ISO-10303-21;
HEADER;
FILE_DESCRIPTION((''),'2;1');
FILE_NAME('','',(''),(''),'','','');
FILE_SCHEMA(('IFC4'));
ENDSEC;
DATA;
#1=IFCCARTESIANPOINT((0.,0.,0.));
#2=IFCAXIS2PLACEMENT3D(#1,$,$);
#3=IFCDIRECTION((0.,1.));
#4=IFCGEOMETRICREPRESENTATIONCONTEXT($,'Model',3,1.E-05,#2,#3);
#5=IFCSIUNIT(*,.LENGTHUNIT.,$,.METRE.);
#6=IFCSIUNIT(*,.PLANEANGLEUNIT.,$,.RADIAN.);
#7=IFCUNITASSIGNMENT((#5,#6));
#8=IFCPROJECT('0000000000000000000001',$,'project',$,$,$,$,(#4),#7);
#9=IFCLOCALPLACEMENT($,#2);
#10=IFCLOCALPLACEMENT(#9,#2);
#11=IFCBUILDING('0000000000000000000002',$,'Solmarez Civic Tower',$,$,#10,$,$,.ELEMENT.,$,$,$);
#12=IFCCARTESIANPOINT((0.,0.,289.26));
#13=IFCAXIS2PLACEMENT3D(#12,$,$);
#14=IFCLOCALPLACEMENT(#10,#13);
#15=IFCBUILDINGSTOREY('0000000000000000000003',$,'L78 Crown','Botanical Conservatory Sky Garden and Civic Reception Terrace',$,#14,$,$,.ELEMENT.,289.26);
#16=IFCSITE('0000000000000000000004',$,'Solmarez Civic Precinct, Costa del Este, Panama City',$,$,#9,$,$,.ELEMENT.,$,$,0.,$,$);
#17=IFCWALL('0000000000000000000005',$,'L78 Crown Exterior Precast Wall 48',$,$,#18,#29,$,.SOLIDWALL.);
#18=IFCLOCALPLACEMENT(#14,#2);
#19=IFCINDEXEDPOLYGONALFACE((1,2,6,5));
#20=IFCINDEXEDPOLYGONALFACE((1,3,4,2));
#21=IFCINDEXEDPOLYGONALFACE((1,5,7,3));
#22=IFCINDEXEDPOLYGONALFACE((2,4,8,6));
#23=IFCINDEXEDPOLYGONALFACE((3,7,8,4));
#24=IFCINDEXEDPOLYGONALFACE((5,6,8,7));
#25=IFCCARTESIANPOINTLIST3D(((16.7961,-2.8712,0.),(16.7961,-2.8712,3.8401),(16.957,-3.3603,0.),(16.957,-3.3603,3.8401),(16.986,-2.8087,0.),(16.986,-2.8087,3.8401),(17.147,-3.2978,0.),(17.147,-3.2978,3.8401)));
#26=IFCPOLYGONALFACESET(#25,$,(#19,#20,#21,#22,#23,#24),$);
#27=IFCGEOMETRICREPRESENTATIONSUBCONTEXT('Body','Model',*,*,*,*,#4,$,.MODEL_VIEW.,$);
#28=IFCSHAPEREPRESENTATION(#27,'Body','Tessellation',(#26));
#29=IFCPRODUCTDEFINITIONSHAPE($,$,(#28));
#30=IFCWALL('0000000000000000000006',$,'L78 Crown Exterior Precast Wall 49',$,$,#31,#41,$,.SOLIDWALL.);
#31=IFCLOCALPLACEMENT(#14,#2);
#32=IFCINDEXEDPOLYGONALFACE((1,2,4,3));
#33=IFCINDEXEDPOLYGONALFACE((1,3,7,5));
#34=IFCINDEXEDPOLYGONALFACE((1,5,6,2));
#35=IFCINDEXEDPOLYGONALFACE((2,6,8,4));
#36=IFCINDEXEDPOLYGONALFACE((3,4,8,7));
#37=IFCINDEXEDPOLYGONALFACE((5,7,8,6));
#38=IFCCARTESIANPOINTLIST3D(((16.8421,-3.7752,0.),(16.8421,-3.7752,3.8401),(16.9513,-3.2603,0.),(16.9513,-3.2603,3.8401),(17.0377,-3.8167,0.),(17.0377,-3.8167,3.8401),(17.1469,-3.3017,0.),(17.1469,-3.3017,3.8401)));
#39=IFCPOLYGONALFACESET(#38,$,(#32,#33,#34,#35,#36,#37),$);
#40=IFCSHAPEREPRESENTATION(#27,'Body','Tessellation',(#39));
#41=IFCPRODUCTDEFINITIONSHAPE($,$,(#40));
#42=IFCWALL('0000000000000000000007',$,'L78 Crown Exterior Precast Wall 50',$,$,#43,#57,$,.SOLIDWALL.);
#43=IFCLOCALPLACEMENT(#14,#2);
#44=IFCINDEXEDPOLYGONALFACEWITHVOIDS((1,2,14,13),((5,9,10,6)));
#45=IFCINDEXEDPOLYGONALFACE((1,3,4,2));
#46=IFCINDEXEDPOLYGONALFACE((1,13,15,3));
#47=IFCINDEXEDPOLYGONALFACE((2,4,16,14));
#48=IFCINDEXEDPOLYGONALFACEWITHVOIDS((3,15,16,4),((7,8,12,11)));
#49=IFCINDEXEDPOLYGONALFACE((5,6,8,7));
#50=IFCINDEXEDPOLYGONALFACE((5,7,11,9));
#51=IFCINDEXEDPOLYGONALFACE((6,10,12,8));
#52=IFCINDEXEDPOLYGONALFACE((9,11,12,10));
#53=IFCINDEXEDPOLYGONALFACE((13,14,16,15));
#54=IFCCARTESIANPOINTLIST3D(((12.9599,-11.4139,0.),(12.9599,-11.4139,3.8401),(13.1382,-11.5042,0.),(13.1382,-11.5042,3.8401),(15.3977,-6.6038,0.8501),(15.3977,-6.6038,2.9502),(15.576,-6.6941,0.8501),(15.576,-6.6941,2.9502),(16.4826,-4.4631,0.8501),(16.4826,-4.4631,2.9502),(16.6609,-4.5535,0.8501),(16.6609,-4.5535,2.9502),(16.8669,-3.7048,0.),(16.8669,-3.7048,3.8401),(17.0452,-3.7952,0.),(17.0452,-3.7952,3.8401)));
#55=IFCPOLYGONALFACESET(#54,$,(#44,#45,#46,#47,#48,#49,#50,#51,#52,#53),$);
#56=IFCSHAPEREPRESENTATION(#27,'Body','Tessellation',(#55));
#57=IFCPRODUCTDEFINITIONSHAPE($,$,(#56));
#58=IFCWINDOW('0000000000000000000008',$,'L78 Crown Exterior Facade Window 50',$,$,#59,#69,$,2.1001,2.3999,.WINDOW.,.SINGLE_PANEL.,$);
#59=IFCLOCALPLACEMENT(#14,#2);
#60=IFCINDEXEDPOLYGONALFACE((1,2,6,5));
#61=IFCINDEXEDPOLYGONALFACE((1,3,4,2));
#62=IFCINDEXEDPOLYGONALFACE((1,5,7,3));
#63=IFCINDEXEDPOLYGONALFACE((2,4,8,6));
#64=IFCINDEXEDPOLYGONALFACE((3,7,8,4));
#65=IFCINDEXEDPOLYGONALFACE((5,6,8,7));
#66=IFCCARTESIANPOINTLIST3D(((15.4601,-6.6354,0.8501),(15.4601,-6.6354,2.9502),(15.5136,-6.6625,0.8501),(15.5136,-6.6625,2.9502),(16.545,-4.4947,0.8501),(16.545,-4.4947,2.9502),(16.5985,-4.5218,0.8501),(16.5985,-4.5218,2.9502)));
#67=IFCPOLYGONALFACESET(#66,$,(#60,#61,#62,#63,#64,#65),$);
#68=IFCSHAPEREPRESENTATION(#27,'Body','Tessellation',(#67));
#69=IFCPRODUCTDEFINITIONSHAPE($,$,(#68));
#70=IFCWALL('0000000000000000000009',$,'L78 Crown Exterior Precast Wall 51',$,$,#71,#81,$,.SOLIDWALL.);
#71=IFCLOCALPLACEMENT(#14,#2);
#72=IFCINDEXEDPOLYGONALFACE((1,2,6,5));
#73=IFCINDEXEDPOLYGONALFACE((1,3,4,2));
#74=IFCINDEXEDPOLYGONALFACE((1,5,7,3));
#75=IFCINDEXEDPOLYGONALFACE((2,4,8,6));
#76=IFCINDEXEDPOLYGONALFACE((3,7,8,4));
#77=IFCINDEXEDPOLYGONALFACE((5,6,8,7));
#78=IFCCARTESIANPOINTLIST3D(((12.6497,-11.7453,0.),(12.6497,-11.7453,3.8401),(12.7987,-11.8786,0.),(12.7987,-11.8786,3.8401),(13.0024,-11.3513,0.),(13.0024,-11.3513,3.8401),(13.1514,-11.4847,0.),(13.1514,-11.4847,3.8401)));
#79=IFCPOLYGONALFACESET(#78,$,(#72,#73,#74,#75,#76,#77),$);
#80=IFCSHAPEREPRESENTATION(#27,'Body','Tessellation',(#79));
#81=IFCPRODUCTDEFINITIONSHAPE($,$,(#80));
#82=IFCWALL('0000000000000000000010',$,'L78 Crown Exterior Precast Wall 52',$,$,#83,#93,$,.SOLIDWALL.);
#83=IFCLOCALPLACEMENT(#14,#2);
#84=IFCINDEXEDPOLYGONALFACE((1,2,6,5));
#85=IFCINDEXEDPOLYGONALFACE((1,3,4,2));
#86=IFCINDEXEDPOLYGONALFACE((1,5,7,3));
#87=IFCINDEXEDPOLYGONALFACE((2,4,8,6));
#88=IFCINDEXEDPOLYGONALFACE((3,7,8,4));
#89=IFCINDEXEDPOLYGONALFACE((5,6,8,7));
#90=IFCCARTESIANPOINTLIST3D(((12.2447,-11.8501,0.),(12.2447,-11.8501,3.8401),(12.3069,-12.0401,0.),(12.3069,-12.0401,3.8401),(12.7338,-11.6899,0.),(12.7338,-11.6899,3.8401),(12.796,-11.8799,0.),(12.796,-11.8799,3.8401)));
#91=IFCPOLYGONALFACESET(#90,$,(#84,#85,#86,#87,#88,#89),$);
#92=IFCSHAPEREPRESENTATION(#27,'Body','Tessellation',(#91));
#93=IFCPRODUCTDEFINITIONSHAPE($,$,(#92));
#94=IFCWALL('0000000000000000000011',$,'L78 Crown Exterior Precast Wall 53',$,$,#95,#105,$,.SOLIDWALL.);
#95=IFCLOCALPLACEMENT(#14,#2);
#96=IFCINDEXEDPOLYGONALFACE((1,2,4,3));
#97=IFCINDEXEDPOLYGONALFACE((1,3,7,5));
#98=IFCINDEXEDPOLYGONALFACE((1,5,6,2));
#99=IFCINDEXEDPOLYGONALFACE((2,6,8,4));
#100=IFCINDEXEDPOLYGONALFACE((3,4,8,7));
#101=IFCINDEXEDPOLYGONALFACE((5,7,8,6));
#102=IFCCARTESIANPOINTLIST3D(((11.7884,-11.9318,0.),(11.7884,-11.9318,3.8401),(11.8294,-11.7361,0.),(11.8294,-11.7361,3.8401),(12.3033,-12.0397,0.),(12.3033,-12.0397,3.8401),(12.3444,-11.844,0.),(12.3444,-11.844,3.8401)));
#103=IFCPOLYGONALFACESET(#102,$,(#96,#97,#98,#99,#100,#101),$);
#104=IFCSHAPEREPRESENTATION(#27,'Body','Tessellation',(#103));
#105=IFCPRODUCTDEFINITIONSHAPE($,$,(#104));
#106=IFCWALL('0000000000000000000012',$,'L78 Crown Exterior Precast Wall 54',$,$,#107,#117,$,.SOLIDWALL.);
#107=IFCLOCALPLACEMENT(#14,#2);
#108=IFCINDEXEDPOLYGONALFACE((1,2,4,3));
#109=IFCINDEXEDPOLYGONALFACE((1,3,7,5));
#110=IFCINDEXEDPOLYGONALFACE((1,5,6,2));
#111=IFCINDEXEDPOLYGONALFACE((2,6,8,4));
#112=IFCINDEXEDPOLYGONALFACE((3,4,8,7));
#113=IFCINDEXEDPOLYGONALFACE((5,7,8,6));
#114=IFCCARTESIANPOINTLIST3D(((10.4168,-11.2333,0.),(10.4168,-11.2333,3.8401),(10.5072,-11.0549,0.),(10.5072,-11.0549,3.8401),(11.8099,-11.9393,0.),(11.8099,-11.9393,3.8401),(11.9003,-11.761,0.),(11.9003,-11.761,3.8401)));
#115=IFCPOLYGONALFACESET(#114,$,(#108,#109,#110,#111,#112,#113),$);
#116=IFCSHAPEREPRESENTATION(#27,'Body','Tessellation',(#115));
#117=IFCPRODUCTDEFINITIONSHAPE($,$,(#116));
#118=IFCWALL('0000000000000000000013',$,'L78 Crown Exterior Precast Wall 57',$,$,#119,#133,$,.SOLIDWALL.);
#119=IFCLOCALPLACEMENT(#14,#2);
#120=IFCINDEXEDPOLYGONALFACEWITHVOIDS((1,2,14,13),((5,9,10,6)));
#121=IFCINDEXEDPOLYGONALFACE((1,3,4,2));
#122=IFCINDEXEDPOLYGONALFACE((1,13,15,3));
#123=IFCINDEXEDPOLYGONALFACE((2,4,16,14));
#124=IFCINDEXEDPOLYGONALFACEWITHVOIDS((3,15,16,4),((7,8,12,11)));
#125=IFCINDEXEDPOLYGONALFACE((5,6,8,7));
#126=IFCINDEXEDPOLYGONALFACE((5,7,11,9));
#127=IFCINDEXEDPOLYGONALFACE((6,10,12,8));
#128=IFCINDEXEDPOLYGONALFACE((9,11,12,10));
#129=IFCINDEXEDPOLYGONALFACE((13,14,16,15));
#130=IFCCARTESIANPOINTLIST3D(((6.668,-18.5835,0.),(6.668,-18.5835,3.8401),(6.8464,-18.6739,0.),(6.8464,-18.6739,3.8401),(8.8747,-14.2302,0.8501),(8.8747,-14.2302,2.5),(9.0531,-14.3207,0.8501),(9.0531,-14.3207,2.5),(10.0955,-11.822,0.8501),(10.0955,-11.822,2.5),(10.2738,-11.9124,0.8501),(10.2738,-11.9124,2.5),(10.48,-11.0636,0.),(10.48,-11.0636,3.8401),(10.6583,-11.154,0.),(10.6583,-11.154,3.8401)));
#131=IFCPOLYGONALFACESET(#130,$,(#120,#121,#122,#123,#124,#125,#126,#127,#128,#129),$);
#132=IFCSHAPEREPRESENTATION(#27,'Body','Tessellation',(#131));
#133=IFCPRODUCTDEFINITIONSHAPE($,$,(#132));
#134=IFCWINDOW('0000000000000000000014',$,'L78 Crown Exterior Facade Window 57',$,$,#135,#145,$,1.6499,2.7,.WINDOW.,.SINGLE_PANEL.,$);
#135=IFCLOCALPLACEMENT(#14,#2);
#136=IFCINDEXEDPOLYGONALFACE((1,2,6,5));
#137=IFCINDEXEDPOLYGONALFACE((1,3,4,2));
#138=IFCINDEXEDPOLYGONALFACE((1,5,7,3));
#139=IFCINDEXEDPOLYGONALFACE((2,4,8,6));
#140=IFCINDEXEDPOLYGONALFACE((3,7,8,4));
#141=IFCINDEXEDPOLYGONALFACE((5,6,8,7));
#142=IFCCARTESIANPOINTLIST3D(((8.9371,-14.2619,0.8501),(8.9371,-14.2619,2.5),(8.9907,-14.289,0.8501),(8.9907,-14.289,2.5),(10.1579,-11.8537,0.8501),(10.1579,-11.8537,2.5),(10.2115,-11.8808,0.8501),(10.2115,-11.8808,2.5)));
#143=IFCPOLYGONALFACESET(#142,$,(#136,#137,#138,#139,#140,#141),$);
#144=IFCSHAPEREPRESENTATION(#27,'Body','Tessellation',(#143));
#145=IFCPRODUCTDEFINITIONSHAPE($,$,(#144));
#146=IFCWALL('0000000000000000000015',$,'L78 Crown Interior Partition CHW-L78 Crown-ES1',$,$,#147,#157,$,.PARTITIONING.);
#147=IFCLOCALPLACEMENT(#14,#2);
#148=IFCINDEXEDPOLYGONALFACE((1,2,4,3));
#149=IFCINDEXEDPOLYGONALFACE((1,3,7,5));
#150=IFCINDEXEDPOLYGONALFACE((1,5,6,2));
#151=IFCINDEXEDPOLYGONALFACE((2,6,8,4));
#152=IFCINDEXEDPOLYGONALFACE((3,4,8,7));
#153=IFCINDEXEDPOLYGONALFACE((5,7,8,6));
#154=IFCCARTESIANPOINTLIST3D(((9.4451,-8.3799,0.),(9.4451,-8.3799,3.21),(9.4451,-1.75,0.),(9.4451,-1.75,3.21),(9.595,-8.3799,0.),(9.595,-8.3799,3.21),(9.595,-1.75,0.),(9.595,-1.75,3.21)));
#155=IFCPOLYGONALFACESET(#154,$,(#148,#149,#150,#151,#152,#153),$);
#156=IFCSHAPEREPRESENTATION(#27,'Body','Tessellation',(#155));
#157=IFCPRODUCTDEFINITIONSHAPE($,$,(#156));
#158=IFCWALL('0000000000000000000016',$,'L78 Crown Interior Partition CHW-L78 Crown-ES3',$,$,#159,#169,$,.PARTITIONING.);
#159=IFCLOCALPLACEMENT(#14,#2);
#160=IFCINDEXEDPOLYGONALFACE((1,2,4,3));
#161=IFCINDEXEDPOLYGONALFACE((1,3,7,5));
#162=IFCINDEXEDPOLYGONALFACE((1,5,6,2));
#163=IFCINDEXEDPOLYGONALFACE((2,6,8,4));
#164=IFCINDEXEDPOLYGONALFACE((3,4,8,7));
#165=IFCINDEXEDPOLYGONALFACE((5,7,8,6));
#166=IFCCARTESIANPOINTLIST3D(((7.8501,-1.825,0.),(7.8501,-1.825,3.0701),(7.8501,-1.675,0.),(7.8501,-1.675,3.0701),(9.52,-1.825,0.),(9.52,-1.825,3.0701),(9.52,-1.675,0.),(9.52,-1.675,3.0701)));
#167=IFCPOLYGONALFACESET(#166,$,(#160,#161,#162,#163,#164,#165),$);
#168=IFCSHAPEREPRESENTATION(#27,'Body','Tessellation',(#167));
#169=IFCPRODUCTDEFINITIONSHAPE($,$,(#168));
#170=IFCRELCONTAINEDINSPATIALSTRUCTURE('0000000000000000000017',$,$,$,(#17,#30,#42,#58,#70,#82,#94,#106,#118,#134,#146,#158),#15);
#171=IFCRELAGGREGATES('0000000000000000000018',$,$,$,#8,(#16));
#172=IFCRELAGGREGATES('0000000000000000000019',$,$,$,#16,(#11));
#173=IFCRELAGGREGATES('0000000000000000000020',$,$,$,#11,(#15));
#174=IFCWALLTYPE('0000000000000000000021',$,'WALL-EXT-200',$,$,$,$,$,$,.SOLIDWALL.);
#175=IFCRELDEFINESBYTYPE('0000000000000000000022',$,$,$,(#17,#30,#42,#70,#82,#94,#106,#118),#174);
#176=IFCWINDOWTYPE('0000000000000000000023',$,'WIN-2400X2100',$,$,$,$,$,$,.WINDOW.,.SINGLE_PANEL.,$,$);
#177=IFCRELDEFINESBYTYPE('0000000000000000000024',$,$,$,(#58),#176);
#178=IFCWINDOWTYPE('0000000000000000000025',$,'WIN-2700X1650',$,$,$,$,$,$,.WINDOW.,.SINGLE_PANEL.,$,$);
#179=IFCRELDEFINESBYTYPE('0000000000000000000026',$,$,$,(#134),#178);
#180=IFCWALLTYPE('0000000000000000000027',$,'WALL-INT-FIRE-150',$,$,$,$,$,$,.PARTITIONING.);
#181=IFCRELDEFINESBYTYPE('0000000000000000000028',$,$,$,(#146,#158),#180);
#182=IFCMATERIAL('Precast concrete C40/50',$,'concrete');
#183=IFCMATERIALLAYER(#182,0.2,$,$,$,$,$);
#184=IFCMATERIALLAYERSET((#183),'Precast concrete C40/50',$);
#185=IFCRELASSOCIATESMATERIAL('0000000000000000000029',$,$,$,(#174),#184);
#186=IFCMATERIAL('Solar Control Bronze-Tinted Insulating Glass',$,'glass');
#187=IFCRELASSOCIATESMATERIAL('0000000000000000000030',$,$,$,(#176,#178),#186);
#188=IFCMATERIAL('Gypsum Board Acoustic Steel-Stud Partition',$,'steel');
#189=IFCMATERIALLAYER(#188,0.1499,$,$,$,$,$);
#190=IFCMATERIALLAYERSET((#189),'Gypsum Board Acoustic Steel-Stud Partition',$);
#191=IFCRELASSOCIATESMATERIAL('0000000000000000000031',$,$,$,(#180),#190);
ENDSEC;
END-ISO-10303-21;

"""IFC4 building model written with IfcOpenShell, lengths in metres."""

from ifc_helpers import new_model, si_unit, direction, frame, frame_2d, origin, place, context, subcontext, project, spatial, rectangle, extrude, material, layer, layer_set, type_object, element, fill, save


model = new_model("IFC4")

# Units and contexts
model_context = context("Model", 3, precision=1e-05, world=origin(), true_north=direction((0.0, 1.0)))
body_context = subcontext(model_context, "Body", "Model", "MODEL_VIEW")
ifc_project = project(units=[si_unit("LENGTHUNIT", "METRE"), si_unit("PLANEANGLEUNIT", "RADIAN")], contexts=[model_context])

# Site, building, storey
site_placement = place(None, origin())
site = spatial("IfcSite", under=ifc_project, at=site_placement, Name="Solmarez Civic Precinct, Costa del Este, Panama City", CompositionType="ELEMENT", RefElevation=0.0)
building_placement = place(site_placement, origin())
building = spatial("IfcBuilding", under=site, at=building_placement, Name="Solmarez Civic Tower", CompositionType="ELEMENT")
storey_placement = place(building_placement, frame((0.0, 0.0, 289.26)))
storey = spatial("IfcBuildingStorey", under=building, at=storey_placement, Name="L78 Crown", Description="Botanical Conservatory Sky Garden and Civic Reception Terrace", CompositionType="ELEMENT", Elevation=289.26)

# Walls
ifc_material_1 = material(Name="Precast concrete C40/50", Category="concrete")
ifc_layer_1 = layer(ifc_material_1, 0.2)
ifc_layer_set_1 = layer_set([ifc_layer_1], Name="Precast concrete C40/50")
wall_type_1 = type_object("IfcWallType", Name="WALL-EXT-200", PredefinedType="SOLIDWALL", material=ifc_layer_set_1)
wall_1_placement = place(storey_placement, frame((16.8911, -2.8401, 0.0), z_axis=(0.0, 0.0, 1.0), x_axis=(0.312526, -0.949909, 0.0)))
element("IfcWall", 1, at=wall_1_placement, inside=storey, type_object=wall_type_1, Name="L78 Crown Exterior Precast Wall 48", PredefinedType="SOLIDWALL", context=body_context, shape_type="SweptSolid", body=[
    extrude(rectangle(XDim=0.5149, YDim=0.2, at=frame_2d((0.2573, 0.0))), origin(), (0.0, 0.0, 1.0), 3.8401),
])
wall_2_placement = place(storey_placement, frame((17.0491, -3.281, 0.0), z_axis=(0.0, 0.0, 1.0), x_axis=(-0.207343, -0.978268, 0.0)))
element("IfcWall", 2, at=wall_2_placement, inside=storey, type_object=wall_type_1, Name="L78 Crown Exterior Precast Wall 49", PredefinedType="SOLIDWALL", context=body_context, shape_type="SweptSolid", body=[
    extrude(rectangle(XDim=0.5264, YDim=0.2, at=frame_2d((0.2632, 0.0))), origin(), (0.0, 0.0, 1.0), 3.8401),
])

# Wall, opening, window
wall_3_placement = place(storey_placement, frame((16.9561, -3.75, 0.0), z_axis=(0.0, 0.0, 1.0), x_axis=(-0.452066, -0.891985, 0.0)))
wall_3 = element("IfcWall", 3, at=wall_3_placement, inside=storey, type_object=wall_type_1, Name="L78 Crown Exterior Precast Wall 50", PredefinedType="SOLIDWALL", context=body_context, shape_type="SweptSolid", body=[
    extrude(rectangle(XDim=8.6426, YDim=0.2, at=frame_2d((4.3213, 0.0))), origin(), (0.0, 0.0, 1.0), 3.8401),
])
opening_1_placement = place(wall_3_placement, frame((0.8501, 0.0, 0.8501)))
opening_1 = element("IfcOpeningElement", 4, at=opening_1_placement, cuts=wall_3, PredefinedType="OPENING", context=body_context, shape_type="SweptSolid", body=[
    extrude(rectangle(XDim=2.3999, YDim=2.1001, at=frame_2d((1.2, 1.05))), frame((0.0, 0.1099, 0.0), z_axis=(0.0, -1.0, 0.0), x_axis=(1.0, 0.0, 0.0)), (0.0, 0.0, 1.0), 0.22),
])
ifc_material_2 = material(Name="Solar Control Bronze-Tinted Insulating Glass", Category="glass")
window_type_1 = type_object("IfcWindowType", Name="WIN-2400X2100", PartitioningType="SINGLE_PANEL", PredefinedType="WINDOW", material=ifc_material_2)
window_1_placement = place(opening_1_placement, origin())
window_1 = element("IfcWindow", 5, at=window_1_placement, inside=storey, type_object=window_type_1, Name="L78 Crown Exterior Facade Window 50", OverallHeight=2.1001, OverallWidth=2.3999, PartitioningType="SINGLE_PANEL", PredefinedType="WINDOW", context=body_context, shape_type="SweptSolid", body=[
    extrude(rectangle(XDim=2.3999, YDim=2.1001, at=frame_2d((1.2, 1.05))), frame((0.0, 0.03, 0.0), z_axis=(0.0, -1.0, 0.0), x_axis=(1.0, 0.0, 0.0)), (0.0, 0.0, 1.0), 0.0601),
])
fill(opening_1, window_1)

# Walls
wall_4_placement = place(storey_placement, frame((13.0769, -11.418, 0.0), z_axis=(0.0, 0.0, 1.0), x_axis=(-0.667024, -0.745036, 0.0)))
element("IfcWall", 6, at=wall_4_placement, inside=storey, type_object=wall_type_1, Name="L78 Crown Exterior Precast Wall 51", PredefinedType="SOLIDWALL", context=body_context, shape_type="SweptSolid", body=[
    extrude(rectangle(XDim=0.5288, YDim=0.2, at=frame_2d((0.2644, 0.0))), origin(), (0.0, 0.0, 1.0), 3.8401),
])
wall_5_placement = place(storey_placement, frame((12.7649, -11.7849, 0.0), z_axis=(0.0, 0.0, 1.0), x_axis=(-0.950331, -0.311242, 0.0)))
element("IfcWall", 7, at=wall_5_placement, inside=storey, type_object=wall_type_1, Name="L78 Crown Exterior Precast Wall 52", PredefinedType="SOLIDWALL", context=body_context, shape_type="SweptSolid", body=[
    extrude(rectangle(XDim=0.5146, YDim=0.2, at=frame_2d((0.2573, 0.0))), origin(), (0.0, 0.0, 1.0), 3.8401),
])
wall_6_placement = place(storey_placement, frame((12.324, -11.9419, 0.0), z_axis=(0.0, 0.0, 1.0), x_axis=(-0.978736, 0.205122, 0.0)))
element("IfcWall", 8, at=wall_6_placement, inside=storey, type_object=wall_type_1, Name="L78 Crown Exterior Precast Wall 53", PredefinedType="SOLIDWALL", context=body_context, shape_type="SweptSolid", body=[
    extrude(rectangle(XDim=0.5261, YDim=0.2, at=frame_2d((0.2632, 0.0))), origin(), (0.0, 0.0, 1.0), 3.8401),
])
wall_7_placement = place(storey_placement, frame((11.855, -11.8501, 0.0), z_axis=(0.0, 0.0, 1.0), x_axis=(-0.891975, 0.452084, 0.0)))
element("IfcWall", 9, at=wall_7_placement, inside=storey, type_object=wall_type_1, Name="L78 Crown Exterior Precast Wall 54", PredefinedType="SOLIDWALL", context=body_context, shape_type="SweptSolid", body=[
    extrude(rectangle(XDim=1.5618, YDim=0.2, at=frame_2d((0.7808, 0.0))), origin(), (0.0, 0.0, 1.0), 3.8401),
])

# Wall, opening, window
wall_8_placement = place(storey_placement, frame((10.5691, -11.1089, 0.0), z_axis=(0.0, 0.0, 1.0), x_axis=(-0.452141, -0.891946, 0.0)))
wall_8 = element("IfcWall", 10, at=wall_8_placement, inside=storey, type_object=wall_type_1, Name="L78 Crown Exterior Precast Wall 57", PredefinedType="SOLIDWALL", context=body_context, shape_type="SweptSolid", body=[
    extrude(rectangle(XDim=8.4309, YDim=0.2, at=frame_2d((4.2153, 0.0))), origin(), (0.0, 0.0, 1.0), 3.8401),
])
opening_2_placement = place(wall_8_placement, frame((0.8501, 0.0, 0.8501)))
opening_2 = element("IfcOpeningElement", 11, at=opening_2_placement, cuts=wall_8, PredefinedType="OPENING", context=body_context, shape_type="SweptSolid", body=[
    extrude(rectangle(XDim=2.7, YDim=1.6499, at=frame_2d((1.3501, 0.825))), frame((0.0, 0.1099, 0.0), z_axis=(0.0, -1.0, 0.0), x_axis=(1.0, 0.0, 0.0)), (0.0, 0.0, 1.0), 0.22),
])
window_type_2 = type_object("IfcWindowType", Name="WIN-2700X1650", PartitioningType="SINGLE_PANEL", PredefinedType="WINDOW", material=ifc_material_2)
window_2_placement = place(opening_2_placement, origin())
window_2 = element("IfcWindow", 12, at=window_2_placement, inside=storey, type_object=window_type_2, Name="L78 Crown Exterior Facade Window 57", OverallHeight=1.6499, OverallWidth=2.7, PartitioningType="SINGLE_PANEL", PredefinedType="WINDOW", context=body_context, shape_type="SweptSolid", body=[
    extrude(rectangle(XDim=2.7, YDim=1.6499, at=frame_2d((1.3501, 0.825))), frame((0.0, 0.03, 0.0), z_axis=(0.0, -1.0, 0.0), x_axis=(1.0, 0.0, 0.0)), (0.0, 0.0, 1.0), 0.0601),
])
fill(opening_2, window_2)

# Walls
ifc_material_3 = material(Name="Gypsum Board Acoustic Steel-Stud Partition", Category="steel")
ifc_layer_2 = layer(ifc_material_3, 0.1499)
ifc_layer_set_2 = layer_set([ifc_layer_2], Name="Gypsum Board Acoustic Steel-Stud Partition")
wall_type_2 = type_object("IfcWallType", Name="WALL-INT-FIRE-150", PredefinedType="PARTITIONING", material=ifc_layer_set_2)
wall_9_placement = place(storey_placement, frame((9.52, -8.3799, 0.0), z_axis=(0.0, 0.0, 1.0), x_axis=(0.0, 1.0, 0.0)))
element("IfcWall", 13, at=wall_9_placement, inside=storey, type_object=wall_type_2, Name="L78 Crown Interior Partition CHW-L78 Crown-ES1", PredefinedType="PARTITIONING", context=body_context, shape_type="SweptSolid", body=[
    extrude(rectangle(XDim=6.6299, YDim=0.1499, at=frame_2d((3.3149, 0.0))), origin(), (0.0, 0.0, 1.0), 3.21),
])
wall_10_placement = place(storey_placement, frame((7.8501, -1.75, 0.0), z_axis=(0.0, 0.0, 1.0), x_axis=(1.0, 0.0, 0.0)))
element("IfcWall", 14, at=wall_10_placement, inside=storey, type_object=wall_type_2, Name="L78 Crown Interior Partition CHW-L78 Crown-ES3", PredefinedType="PARTITIONING", context=body_context, shape_type="SweptSolid", body=[
    extrude(rectangle(XDim=1.6699, YDim=0.1499, at=frame_2d((0.835, 0.0))), origin(), (0.0, 0.0, 1.0), 3.0701),
])

save(model, "model.ifc")
